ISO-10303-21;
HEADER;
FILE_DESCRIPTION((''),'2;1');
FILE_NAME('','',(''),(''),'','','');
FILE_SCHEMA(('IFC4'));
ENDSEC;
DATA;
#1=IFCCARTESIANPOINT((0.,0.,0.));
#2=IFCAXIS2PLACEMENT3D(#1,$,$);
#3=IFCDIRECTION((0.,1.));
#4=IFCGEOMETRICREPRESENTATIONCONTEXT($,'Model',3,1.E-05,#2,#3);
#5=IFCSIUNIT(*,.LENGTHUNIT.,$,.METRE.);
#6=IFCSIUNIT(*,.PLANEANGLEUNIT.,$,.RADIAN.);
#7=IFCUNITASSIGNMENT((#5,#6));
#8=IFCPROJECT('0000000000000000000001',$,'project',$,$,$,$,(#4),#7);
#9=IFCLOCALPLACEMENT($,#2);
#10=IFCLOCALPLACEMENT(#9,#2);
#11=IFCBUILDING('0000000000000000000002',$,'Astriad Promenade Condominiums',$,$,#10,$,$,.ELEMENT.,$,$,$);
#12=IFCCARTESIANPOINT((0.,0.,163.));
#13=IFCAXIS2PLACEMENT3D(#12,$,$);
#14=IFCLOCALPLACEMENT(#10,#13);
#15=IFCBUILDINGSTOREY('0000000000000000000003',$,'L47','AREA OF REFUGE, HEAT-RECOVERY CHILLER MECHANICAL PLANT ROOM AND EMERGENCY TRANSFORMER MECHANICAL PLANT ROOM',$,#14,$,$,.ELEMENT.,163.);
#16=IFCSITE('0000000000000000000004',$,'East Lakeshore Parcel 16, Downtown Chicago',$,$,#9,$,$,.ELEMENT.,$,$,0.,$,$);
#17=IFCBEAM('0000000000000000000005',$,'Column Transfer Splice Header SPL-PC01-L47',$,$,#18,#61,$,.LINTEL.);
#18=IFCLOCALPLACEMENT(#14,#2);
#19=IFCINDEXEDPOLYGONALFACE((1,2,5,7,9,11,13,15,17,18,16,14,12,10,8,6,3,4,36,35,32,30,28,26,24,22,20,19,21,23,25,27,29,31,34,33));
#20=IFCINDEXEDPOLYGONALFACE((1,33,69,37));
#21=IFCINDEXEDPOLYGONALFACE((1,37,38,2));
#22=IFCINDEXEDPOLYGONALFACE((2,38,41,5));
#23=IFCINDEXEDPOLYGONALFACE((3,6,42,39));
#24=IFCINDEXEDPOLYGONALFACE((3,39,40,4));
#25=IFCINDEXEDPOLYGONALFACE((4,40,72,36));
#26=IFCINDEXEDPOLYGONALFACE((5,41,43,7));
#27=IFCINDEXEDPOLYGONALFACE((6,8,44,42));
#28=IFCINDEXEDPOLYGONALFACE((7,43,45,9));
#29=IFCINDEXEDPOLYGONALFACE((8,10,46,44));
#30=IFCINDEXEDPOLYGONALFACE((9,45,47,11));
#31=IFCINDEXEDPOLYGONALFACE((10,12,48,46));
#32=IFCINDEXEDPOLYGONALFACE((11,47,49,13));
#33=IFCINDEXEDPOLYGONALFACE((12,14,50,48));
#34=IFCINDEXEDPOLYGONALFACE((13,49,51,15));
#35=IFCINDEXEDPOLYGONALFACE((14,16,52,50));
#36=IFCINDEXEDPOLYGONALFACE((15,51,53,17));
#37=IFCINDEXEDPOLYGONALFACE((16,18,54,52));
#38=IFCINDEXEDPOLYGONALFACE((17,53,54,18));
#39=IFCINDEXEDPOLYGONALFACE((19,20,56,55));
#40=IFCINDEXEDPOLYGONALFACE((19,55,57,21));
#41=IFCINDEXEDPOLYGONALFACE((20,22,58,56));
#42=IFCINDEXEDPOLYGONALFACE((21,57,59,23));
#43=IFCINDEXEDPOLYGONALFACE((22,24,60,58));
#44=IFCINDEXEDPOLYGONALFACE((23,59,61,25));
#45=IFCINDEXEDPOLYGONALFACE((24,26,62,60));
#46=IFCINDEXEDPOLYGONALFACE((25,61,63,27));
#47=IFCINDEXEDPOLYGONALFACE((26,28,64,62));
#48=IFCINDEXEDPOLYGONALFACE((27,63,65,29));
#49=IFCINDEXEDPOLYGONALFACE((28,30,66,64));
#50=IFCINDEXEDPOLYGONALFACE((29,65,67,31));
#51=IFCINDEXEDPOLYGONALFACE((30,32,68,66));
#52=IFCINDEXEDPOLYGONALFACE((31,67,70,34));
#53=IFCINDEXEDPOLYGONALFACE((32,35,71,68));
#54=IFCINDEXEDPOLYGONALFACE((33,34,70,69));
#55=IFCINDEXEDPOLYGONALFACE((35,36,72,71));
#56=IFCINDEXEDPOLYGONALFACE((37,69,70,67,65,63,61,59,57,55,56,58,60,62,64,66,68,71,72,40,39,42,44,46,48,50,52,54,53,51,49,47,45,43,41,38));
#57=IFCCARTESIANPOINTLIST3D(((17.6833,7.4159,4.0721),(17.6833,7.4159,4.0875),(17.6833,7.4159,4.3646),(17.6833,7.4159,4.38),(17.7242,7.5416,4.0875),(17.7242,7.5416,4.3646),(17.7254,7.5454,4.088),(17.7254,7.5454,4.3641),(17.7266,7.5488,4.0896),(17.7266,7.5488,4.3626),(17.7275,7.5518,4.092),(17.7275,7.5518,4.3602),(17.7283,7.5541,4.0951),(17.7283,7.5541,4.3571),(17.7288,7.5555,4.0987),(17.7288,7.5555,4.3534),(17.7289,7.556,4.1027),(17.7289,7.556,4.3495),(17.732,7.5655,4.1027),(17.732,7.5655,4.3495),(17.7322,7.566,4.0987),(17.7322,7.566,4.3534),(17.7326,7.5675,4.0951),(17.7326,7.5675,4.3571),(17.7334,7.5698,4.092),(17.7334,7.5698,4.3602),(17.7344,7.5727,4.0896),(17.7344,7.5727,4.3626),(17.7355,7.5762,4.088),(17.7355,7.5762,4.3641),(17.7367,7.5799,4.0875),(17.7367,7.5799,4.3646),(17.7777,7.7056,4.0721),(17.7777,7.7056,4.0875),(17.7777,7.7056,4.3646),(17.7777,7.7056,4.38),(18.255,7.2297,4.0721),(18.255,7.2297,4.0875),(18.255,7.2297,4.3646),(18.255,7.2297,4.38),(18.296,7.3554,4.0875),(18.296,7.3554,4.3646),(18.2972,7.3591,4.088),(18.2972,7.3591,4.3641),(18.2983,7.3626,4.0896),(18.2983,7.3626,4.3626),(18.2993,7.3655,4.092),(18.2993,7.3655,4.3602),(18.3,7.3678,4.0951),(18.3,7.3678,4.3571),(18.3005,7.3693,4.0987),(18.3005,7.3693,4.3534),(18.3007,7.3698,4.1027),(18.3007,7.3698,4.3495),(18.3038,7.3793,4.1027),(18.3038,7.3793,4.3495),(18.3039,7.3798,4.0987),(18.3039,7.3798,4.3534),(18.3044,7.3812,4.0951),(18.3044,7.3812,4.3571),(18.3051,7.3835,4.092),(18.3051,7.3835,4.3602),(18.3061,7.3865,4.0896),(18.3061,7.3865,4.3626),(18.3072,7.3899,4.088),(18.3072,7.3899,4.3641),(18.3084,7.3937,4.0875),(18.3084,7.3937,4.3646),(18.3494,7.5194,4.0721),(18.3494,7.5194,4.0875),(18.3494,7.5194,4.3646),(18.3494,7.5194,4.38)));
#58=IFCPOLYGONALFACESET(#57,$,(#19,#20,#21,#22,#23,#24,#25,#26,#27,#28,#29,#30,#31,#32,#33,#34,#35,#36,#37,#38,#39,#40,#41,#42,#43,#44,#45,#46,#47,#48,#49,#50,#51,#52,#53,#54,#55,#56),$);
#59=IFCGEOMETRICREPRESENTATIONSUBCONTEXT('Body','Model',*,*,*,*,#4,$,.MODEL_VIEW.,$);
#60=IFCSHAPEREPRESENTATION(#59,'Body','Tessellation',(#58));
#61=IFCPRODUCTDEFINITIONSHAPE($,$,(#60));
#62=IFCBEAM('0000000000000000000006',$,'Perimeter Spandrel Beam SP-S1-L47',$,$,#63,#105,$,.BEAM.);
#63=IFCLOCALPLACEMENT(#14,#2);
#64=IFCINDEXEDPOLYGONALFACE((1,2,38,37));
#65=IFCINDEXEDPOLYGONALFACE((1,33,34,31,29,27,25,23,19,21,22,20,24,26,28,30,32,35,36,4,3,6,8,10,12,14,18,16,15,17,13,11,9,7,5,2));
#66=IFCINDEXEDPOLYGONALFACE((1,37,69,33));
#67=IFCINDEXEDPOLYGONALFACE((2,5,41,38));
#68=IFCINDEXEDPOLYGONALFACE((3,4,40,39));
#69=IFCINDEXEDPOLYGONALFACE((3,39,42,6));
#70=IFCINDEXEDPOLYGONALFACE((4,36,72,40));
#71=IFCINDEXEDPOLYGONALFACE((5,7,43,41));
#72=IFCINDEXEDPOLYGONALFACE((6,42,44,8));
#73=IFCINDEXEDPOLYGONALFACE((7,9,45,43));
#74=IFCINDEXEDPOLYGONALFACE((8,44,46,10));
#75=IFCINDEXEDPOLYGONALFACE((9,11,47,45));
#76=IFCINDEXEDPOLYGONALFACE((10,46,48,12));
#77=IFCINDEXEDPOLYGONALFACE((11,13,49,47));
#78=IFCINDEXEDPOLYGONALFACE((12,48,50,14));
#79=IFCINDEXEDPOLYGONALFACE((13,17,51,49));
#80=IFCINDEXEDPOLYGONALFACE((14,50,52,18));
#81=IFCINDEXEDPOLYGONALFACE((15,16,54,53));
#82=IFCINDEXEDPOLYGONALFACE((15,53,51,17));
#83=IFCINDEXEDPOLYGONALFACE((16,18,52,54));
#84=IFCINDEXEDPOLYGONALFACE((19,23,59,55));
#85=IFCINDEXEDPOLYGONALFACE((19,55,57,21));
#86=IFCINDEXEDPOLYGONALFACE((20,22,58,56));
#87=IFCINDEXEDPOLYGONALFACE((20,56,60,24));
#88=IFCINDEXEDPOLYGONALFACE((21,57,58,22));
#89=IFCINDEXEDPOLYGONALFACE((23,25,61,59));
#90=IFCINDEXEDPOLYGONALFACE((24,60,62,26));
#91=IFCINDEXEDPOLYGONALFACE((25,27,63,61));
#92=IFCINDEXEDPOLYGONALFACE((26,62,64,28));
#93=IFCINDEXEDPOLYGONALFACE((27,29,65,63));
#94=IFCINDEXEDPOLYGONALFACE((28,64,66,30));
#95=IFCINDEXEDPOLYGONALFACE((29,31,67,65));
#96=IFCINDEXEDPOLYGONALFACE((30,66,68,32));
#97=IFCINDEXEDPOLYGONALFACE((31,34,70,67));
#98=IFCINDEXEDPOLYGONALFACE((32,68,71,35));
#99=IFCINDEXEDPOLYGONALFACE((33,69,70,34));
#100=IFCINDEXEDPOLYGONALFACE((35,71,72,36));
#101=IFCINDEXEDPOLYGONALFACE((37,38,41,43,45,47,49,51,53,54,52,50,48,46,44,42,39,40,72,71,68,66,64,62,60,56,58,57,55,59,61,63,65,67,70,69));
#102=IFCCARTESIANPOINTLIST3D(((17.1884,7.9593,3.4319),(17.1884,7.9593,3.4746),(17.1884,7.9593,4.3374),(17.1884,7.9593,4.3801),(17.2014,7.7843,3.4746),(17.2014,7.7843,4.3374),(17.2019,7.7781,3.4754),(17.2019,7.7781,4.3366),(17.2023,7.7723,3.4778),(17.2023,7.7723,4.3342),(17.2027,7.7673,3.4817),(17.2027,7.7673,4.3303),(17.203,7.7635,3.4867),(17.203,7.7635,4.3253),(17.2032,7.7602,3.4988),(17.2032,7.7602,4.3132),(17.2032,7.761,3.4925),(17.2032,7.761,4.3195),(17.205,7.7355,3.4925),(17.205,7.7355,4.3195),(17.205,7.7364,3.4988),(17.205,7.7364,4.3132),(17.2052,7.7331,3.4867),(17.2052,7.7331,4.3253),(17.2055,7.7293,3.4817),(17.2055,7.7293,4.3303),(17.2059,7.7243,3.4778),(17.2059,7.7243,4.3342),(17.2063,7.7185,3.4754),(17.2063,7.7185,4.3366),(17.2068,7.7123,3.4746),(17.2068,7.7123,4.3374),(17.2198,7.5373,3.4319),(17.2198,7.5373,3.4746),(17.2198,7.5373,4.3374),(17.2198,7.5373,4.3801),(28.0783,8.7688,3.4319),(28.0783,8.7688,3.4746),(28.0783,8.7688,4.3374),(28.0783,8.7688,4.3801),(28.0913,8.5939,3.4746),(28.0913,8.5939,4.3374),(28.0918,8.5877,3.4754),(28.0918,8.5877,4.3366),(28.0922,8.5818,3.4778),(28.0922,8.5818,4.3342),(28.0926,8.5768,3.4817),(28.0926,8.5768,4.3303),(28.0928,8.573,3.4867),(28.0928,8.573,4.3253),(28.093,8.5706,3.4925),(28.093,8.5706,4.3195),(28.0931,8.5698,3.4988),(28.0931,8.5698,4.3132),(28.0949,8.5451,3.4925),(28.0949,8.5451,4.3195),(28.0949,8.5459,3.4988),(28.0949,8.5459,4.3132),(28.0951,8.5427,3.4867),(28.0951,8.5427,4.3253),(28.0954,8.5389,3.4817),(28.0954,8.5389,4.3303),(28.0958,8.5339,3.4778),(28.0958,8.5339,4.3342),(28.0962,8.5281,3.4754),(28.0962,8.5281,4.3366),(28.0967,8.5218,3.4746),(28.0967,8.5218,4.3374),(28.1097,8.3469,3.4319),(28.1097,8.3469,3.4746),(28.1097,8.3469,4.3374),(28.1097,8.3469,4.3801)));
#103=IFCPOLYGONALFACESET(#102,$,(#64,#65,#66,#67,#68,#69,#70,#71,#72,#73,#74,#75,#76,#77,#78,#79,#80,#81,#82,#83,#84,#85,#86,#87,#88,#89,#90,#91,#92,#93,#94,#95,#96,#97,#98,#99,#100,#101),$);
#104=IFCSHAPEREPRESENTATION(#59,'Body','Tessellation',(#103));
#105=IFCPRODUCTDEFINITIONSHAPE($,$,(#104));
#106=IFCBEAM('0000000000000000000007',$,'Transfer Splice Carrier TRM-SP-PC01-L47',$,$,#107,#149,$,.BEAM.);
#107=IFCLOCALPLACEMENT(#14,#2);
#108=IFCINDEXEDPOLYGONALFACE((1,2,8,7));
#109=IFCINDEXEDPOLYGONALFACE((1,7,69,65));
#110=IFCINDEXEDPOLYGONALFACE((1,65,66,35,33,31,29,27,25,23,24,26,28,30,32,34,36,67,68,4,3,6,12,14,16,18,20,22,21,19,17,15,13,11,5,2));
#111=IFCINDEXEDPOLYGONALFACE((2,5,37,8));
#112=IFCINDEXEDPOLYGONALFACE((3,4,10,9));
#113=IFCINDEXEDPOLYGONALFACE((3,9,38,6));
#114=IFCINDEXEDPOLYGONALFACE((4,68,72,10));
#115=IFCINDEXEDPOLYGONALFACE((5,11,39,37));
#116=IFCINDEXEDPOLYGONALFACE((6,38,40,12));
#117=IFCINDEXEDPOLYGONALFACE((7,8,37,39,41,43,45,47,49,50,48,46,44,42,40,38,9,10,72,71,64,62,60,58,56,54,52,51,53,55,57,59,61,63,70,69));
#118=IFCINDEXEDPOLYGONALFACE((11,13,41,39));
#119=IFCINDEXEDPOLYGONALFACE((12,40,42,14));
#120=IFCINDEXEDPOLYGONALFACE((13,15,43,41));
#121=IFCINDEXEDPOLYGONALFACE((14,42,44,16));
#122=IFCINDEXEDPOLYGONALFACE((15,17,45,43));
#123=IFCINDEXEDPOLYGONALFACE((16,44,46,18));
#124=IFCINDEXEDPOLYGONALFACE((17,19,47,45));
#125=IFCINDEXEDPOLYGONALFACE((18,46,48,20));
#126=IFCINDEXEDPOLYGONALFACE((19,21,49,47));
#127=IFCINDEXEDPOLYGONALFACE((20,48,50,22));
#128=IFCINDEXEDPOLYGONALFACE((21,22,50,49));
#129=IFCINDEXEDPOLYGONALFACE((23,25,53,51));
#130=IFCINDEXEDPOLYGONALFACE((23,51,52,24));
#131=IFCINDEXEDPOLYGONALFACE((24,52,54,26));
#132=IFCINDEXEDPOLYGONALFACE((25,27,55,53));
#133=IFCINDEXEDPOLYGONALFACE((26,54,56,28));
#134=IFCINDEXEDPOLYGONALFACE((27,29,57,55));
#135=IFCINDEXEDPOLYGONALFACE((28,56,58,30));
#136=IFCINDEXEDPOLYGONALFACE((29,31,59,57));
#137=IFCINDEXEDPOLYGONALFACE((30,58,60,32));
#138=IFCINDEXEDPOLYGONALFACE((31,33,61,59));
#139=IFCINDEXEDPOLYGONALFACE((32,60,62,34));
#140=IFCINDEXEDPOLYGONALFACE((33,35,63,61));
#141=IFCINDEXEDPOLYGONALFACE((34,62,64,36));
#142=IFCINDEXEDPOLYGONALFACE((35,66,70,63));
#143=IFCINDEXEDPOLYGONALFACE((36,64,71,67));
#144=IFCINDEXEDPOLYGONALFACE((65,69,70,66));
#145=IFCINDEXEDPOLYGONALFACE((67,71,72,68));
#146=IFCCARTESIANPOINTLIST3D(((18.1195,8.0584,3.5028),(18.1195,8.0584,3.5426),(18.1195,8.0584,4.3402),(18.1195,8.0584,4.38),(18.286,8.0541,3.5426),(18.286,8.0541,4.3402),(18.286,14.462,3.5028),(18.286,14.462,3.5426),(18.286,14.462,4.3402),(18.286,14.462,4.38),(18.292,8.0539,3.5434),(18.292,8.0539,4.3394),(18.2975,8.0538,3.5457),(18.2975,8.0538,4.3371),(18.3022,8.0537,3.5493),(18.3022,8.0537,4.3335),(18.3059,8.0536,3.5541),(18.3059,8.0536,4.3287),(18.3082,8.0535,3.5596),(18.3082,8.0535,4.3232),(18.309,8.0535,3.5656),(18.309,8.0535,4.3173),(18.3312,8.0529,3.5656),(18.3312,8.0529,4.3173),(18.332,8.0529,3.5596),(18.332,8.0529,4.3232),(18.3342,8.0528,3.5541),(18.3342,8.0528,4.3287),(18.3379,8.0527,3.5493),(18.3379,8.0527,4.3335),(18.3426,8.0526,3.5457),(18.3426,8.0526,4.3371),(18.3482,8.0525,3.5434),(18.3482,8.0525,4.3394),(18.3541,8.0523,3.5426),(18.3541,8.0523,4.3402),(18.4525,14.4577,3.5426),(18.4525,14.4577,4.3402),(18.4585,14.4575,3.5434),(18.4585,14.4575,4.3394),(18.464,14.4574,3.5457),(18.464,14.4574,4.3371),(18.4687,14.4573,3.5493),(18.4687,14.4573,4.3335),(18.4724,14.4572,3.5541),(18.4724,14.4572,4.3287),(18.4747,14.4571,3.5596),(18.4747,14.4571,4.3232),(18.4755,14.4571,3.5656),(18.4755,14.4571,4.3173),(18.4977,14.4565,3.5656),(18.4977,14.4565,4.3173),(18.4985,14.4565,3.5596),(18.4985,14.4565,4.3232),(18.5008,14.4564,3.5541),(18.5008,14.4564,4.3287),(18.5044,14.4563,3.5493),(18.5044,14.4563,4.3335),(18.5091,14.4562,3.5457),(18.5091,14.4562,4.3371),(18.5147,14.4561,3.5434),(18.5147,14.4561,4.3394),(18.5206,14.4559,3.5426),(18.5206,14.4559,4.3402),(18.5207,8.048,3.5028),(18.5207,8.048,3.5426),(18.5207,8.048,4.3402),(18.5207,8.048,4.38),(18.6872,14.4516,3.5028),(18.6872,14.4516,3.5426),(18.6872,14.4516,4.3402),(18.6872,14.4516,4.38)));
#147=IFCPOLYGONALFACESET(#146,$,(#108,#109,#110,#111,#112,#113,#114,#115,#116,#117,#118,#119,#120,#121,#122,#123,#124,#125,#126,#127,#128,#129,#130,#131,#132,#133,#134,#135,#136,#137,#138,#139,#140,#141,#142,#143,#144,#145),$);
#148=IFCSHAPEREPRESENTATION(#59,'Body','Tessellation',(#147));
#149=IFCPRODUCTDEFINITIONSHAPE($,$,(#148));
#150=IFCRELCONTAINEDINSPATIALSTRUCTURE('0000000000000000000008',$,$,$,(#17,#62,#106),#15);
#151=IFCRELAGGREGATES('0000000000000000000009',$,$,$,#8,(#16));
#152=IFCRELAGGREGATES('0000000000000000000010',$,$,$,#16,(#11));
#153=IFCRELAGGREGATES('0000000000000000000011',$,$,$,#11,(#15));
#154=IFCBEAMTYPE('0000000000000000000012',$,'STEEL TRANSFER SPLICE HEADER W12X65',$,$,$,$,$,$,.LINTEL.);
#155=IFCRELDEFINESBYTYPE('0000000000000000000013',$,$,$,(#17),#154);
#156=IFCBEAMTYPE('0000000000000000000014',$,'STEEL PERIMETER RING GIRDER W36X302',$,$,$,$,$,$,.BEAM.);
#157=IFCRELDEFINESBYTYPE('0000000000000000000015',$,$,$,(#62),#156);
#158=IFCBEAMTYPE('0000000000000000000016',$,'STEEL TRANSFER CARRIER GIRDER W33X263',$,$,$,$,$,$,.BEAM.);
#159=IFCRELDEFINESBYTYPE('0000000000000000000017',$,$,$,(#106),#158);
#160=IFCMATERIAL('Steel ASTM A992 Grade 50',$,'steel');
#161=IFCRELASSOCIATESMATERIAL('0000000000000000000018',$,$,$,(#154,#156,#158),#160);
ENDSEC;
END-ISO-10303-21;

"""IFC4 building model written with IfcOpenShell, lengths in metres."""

from ifc_helpers import new_model, si_unit, direction, frame, origin, origin_2d, place, context, subcontext, project, spatial, i_section, extrude, source, transform, mapped, material, material_profile, profile_set, type_object, type_shapes, element, save


model = new_model("IFC4")

# Units and contexts
model_context = context("Model", 3, precision=1e-05, world=origin(), true_north=direction((0.0, 1.0)))
body_context = subcontext(model_context, "Body", "Model", "MODEL_VIEW")
ifc_project = project(units=[si_unit("LENGTHUNIT", "METRE"), si_unit("PLANEANGLEUNIT", "RADIAN")], contexts=[model_context])

# Site, building, storey
site_placement = place(None, origin())
site = spatial("IfcSite", under=ifc_project, at=site_placement, Name="East Lakeshore Parcel 16, Downtown Chicago", CompositionType="ELEMENT", RefElevation=0.0)
building_placement = place(site_placement, origin())
building = spatial("IfcBuilding", under=site, at=building_placement, Name="Astriad Promenade Condominiums", CompositionType="ELEMENT")
storey_placement = place(building_placement, frame((0.0, 0.0, 163.0)))
storey = spatial("IfcBuildingStorey", under=building, at=storey_placement, Name="L47", Description="AREA OF REFUGE, HEAT-RECOVERY CHILLER MECHANICAL PLANT ROOM AND EMERGENCY TRANSFORMER MECHANICAL PLANT ROOM", CompositionType="ELEMENT", Elevation=163.0)

# Shared definitions
ifc_material_1 = material(Name="Steel ASTM A992 Grade 50", Category="steel")

# Beams
ifc_material_profile_1 = material_profile(ifc_material_1, i_section(OverallWidth=0.3047, OverallDepth=0.3079, WebThickness=0.01, FlangeThickness=0.0154, FilletRadius=0.0151, at=origin_2d()), Name="W12X65")
ifc_profile_set_1 = profile_set([ifc_material_profile_1], Name="Steel ASTM A992 Grade 50")
beam_type_1 = type_object("IfcBeamType", Name="STEEL TRANSFER SPLICE HEADER W12X65", PredefinedType="LINTEL", material=ifc_profile_set_1)
shared_shape_1 = source(origin(), body_context, "Body", "SweptSolid", [
    extrude(i_section(OverallWidth=0.3047, OverallDepth=0.3079, WebThickness=0.01, FlangeThickness=0.0154, FilletRadius=0.0151, at=origin_2d()), origin(), (0.0, 0.0, 1.0), 0.6013),
])
beam_1_placement = place(storey_placement, frame((17.7305, 7.5608, 4.2261), z_axis=(0.950813, -0.309765, 0.0), x_axis=(0.309765, 0.950813, 0.0)))
element("IfcBeam", 1, at=beam_1_placement, inside=storey, type_object=beam_type_1, Name="Column Transfer Splice Header SPL-PC01-L47", PredefinedType="LINTEL", context=body_context, shape_type="MappedRepresentation", body=[
    mapped(shared_shape_1, transform((0.0, 0.0, 0.0), scale=1.0)),
])
ifc_material_profile_2 = material_profile(ifc_material_1, i_section(OverallWidth=0.4231, OverallDepth=0.9482, WebThickness=0.0239, FlangeThickness=0.0427, FilletRadius=0.0242, at=origin_2d()), Name="W36X302")
ifc_profile_set_2 = profile_set([ifc_material_profile_2], Name="Steel ASTM A992 Grade 50")
beam_type_2 = type_object("IfcBeamType", Name="STEEL PERIMETER RING GIRDER W36X302", PredefinedType="BEAM", material=ifc_profile_set_2)
shared_shape_2 = source(origin(), body_context, "Body", "SweptSolid", [
    extrude(i_section(OverallWidth=0.4231, OverallDepth=0.9482, WebThickness=0.0239, FlangeThickness=0.0427, FilletRadius=0.0242, at=origin_2d()), origin(), (0.0, 0.0, 1.0), 10.9199),
])
type_shapes(beam_type_2, [shared_shape_2])
beam_2_placement = place(storey_placement, frame((17.2041, 7.7483, 3.906), z_axis=(0.997248, 0.074137, 0.0), x_axis=(-0.074137, 0.997248, 0.0)))
element("IfcBeam", 2, at=beam_2_placement, inside=storey, type_object=beam_type_2, Name="Perimeter Spandrel Beam SP-S1-L47", PredefinedType="BEAM", context=body_context, shape_type="MappedRepresentation", body=[
    mapped(shared_shape_2, transform((0.0, 0.0, 0.0), scale=1.0)),
])
ifc_material_profile_3 = material_profile(ifc_material_1, i_section(OverallWidth=0.4014, OverallDepth=0.8772, WebThickness=0.0222, FlangeThickness=0.0398, FilletRadius=0.0229, at=origin_2d()), Name="W33X263")
ifc_profile_set_3 = profile_set([ifc_material_profile_3], Name="Steel ASTM A992 Grade 50")
beam_type_3 = type_object("IfcBeamType", Name="STEEL TRANSFER CARRIER GIRDER W33X263", PredefinedType="BEAM", material=ifc_profile_set_3)
shared_shape_3 = source(origin(), body_context, "Body", "SweptSolid", [
    extrude(i_section(OverallWidth=0.4014, OverallDepth=0.8772, WebThickness=0.0222, FlangeThickness=0.0398, FilletRadius=0.0229, at=origin_2d()), origin(), (0.0, 0.0, 1.0), 6.4058),
])
type_shapes(beam_type_3, [shared_shape_3])
beam_3_placement = place(storey_placement, frame((18.4866, 14.4568, 3.9414), z_axis=(-0.025993, -0.999662, 0.0), x_axis=(0.999662, -0.025993, 0.0)))
element("IfcBeam", 3, at=beam_3_placement, inside=storey, type_object=beam_type_3, Name="Transfer Splice Carrier TRM-SP-PC01-L47", PredefinedType="BEAM", context=body_context, shape_type="MappedRepresentation", body=[
    mapped(shared_shape_3, transform((0.0, 0.0, 0.0), scale=1.0)),
])

save(model, "model.ifc")
